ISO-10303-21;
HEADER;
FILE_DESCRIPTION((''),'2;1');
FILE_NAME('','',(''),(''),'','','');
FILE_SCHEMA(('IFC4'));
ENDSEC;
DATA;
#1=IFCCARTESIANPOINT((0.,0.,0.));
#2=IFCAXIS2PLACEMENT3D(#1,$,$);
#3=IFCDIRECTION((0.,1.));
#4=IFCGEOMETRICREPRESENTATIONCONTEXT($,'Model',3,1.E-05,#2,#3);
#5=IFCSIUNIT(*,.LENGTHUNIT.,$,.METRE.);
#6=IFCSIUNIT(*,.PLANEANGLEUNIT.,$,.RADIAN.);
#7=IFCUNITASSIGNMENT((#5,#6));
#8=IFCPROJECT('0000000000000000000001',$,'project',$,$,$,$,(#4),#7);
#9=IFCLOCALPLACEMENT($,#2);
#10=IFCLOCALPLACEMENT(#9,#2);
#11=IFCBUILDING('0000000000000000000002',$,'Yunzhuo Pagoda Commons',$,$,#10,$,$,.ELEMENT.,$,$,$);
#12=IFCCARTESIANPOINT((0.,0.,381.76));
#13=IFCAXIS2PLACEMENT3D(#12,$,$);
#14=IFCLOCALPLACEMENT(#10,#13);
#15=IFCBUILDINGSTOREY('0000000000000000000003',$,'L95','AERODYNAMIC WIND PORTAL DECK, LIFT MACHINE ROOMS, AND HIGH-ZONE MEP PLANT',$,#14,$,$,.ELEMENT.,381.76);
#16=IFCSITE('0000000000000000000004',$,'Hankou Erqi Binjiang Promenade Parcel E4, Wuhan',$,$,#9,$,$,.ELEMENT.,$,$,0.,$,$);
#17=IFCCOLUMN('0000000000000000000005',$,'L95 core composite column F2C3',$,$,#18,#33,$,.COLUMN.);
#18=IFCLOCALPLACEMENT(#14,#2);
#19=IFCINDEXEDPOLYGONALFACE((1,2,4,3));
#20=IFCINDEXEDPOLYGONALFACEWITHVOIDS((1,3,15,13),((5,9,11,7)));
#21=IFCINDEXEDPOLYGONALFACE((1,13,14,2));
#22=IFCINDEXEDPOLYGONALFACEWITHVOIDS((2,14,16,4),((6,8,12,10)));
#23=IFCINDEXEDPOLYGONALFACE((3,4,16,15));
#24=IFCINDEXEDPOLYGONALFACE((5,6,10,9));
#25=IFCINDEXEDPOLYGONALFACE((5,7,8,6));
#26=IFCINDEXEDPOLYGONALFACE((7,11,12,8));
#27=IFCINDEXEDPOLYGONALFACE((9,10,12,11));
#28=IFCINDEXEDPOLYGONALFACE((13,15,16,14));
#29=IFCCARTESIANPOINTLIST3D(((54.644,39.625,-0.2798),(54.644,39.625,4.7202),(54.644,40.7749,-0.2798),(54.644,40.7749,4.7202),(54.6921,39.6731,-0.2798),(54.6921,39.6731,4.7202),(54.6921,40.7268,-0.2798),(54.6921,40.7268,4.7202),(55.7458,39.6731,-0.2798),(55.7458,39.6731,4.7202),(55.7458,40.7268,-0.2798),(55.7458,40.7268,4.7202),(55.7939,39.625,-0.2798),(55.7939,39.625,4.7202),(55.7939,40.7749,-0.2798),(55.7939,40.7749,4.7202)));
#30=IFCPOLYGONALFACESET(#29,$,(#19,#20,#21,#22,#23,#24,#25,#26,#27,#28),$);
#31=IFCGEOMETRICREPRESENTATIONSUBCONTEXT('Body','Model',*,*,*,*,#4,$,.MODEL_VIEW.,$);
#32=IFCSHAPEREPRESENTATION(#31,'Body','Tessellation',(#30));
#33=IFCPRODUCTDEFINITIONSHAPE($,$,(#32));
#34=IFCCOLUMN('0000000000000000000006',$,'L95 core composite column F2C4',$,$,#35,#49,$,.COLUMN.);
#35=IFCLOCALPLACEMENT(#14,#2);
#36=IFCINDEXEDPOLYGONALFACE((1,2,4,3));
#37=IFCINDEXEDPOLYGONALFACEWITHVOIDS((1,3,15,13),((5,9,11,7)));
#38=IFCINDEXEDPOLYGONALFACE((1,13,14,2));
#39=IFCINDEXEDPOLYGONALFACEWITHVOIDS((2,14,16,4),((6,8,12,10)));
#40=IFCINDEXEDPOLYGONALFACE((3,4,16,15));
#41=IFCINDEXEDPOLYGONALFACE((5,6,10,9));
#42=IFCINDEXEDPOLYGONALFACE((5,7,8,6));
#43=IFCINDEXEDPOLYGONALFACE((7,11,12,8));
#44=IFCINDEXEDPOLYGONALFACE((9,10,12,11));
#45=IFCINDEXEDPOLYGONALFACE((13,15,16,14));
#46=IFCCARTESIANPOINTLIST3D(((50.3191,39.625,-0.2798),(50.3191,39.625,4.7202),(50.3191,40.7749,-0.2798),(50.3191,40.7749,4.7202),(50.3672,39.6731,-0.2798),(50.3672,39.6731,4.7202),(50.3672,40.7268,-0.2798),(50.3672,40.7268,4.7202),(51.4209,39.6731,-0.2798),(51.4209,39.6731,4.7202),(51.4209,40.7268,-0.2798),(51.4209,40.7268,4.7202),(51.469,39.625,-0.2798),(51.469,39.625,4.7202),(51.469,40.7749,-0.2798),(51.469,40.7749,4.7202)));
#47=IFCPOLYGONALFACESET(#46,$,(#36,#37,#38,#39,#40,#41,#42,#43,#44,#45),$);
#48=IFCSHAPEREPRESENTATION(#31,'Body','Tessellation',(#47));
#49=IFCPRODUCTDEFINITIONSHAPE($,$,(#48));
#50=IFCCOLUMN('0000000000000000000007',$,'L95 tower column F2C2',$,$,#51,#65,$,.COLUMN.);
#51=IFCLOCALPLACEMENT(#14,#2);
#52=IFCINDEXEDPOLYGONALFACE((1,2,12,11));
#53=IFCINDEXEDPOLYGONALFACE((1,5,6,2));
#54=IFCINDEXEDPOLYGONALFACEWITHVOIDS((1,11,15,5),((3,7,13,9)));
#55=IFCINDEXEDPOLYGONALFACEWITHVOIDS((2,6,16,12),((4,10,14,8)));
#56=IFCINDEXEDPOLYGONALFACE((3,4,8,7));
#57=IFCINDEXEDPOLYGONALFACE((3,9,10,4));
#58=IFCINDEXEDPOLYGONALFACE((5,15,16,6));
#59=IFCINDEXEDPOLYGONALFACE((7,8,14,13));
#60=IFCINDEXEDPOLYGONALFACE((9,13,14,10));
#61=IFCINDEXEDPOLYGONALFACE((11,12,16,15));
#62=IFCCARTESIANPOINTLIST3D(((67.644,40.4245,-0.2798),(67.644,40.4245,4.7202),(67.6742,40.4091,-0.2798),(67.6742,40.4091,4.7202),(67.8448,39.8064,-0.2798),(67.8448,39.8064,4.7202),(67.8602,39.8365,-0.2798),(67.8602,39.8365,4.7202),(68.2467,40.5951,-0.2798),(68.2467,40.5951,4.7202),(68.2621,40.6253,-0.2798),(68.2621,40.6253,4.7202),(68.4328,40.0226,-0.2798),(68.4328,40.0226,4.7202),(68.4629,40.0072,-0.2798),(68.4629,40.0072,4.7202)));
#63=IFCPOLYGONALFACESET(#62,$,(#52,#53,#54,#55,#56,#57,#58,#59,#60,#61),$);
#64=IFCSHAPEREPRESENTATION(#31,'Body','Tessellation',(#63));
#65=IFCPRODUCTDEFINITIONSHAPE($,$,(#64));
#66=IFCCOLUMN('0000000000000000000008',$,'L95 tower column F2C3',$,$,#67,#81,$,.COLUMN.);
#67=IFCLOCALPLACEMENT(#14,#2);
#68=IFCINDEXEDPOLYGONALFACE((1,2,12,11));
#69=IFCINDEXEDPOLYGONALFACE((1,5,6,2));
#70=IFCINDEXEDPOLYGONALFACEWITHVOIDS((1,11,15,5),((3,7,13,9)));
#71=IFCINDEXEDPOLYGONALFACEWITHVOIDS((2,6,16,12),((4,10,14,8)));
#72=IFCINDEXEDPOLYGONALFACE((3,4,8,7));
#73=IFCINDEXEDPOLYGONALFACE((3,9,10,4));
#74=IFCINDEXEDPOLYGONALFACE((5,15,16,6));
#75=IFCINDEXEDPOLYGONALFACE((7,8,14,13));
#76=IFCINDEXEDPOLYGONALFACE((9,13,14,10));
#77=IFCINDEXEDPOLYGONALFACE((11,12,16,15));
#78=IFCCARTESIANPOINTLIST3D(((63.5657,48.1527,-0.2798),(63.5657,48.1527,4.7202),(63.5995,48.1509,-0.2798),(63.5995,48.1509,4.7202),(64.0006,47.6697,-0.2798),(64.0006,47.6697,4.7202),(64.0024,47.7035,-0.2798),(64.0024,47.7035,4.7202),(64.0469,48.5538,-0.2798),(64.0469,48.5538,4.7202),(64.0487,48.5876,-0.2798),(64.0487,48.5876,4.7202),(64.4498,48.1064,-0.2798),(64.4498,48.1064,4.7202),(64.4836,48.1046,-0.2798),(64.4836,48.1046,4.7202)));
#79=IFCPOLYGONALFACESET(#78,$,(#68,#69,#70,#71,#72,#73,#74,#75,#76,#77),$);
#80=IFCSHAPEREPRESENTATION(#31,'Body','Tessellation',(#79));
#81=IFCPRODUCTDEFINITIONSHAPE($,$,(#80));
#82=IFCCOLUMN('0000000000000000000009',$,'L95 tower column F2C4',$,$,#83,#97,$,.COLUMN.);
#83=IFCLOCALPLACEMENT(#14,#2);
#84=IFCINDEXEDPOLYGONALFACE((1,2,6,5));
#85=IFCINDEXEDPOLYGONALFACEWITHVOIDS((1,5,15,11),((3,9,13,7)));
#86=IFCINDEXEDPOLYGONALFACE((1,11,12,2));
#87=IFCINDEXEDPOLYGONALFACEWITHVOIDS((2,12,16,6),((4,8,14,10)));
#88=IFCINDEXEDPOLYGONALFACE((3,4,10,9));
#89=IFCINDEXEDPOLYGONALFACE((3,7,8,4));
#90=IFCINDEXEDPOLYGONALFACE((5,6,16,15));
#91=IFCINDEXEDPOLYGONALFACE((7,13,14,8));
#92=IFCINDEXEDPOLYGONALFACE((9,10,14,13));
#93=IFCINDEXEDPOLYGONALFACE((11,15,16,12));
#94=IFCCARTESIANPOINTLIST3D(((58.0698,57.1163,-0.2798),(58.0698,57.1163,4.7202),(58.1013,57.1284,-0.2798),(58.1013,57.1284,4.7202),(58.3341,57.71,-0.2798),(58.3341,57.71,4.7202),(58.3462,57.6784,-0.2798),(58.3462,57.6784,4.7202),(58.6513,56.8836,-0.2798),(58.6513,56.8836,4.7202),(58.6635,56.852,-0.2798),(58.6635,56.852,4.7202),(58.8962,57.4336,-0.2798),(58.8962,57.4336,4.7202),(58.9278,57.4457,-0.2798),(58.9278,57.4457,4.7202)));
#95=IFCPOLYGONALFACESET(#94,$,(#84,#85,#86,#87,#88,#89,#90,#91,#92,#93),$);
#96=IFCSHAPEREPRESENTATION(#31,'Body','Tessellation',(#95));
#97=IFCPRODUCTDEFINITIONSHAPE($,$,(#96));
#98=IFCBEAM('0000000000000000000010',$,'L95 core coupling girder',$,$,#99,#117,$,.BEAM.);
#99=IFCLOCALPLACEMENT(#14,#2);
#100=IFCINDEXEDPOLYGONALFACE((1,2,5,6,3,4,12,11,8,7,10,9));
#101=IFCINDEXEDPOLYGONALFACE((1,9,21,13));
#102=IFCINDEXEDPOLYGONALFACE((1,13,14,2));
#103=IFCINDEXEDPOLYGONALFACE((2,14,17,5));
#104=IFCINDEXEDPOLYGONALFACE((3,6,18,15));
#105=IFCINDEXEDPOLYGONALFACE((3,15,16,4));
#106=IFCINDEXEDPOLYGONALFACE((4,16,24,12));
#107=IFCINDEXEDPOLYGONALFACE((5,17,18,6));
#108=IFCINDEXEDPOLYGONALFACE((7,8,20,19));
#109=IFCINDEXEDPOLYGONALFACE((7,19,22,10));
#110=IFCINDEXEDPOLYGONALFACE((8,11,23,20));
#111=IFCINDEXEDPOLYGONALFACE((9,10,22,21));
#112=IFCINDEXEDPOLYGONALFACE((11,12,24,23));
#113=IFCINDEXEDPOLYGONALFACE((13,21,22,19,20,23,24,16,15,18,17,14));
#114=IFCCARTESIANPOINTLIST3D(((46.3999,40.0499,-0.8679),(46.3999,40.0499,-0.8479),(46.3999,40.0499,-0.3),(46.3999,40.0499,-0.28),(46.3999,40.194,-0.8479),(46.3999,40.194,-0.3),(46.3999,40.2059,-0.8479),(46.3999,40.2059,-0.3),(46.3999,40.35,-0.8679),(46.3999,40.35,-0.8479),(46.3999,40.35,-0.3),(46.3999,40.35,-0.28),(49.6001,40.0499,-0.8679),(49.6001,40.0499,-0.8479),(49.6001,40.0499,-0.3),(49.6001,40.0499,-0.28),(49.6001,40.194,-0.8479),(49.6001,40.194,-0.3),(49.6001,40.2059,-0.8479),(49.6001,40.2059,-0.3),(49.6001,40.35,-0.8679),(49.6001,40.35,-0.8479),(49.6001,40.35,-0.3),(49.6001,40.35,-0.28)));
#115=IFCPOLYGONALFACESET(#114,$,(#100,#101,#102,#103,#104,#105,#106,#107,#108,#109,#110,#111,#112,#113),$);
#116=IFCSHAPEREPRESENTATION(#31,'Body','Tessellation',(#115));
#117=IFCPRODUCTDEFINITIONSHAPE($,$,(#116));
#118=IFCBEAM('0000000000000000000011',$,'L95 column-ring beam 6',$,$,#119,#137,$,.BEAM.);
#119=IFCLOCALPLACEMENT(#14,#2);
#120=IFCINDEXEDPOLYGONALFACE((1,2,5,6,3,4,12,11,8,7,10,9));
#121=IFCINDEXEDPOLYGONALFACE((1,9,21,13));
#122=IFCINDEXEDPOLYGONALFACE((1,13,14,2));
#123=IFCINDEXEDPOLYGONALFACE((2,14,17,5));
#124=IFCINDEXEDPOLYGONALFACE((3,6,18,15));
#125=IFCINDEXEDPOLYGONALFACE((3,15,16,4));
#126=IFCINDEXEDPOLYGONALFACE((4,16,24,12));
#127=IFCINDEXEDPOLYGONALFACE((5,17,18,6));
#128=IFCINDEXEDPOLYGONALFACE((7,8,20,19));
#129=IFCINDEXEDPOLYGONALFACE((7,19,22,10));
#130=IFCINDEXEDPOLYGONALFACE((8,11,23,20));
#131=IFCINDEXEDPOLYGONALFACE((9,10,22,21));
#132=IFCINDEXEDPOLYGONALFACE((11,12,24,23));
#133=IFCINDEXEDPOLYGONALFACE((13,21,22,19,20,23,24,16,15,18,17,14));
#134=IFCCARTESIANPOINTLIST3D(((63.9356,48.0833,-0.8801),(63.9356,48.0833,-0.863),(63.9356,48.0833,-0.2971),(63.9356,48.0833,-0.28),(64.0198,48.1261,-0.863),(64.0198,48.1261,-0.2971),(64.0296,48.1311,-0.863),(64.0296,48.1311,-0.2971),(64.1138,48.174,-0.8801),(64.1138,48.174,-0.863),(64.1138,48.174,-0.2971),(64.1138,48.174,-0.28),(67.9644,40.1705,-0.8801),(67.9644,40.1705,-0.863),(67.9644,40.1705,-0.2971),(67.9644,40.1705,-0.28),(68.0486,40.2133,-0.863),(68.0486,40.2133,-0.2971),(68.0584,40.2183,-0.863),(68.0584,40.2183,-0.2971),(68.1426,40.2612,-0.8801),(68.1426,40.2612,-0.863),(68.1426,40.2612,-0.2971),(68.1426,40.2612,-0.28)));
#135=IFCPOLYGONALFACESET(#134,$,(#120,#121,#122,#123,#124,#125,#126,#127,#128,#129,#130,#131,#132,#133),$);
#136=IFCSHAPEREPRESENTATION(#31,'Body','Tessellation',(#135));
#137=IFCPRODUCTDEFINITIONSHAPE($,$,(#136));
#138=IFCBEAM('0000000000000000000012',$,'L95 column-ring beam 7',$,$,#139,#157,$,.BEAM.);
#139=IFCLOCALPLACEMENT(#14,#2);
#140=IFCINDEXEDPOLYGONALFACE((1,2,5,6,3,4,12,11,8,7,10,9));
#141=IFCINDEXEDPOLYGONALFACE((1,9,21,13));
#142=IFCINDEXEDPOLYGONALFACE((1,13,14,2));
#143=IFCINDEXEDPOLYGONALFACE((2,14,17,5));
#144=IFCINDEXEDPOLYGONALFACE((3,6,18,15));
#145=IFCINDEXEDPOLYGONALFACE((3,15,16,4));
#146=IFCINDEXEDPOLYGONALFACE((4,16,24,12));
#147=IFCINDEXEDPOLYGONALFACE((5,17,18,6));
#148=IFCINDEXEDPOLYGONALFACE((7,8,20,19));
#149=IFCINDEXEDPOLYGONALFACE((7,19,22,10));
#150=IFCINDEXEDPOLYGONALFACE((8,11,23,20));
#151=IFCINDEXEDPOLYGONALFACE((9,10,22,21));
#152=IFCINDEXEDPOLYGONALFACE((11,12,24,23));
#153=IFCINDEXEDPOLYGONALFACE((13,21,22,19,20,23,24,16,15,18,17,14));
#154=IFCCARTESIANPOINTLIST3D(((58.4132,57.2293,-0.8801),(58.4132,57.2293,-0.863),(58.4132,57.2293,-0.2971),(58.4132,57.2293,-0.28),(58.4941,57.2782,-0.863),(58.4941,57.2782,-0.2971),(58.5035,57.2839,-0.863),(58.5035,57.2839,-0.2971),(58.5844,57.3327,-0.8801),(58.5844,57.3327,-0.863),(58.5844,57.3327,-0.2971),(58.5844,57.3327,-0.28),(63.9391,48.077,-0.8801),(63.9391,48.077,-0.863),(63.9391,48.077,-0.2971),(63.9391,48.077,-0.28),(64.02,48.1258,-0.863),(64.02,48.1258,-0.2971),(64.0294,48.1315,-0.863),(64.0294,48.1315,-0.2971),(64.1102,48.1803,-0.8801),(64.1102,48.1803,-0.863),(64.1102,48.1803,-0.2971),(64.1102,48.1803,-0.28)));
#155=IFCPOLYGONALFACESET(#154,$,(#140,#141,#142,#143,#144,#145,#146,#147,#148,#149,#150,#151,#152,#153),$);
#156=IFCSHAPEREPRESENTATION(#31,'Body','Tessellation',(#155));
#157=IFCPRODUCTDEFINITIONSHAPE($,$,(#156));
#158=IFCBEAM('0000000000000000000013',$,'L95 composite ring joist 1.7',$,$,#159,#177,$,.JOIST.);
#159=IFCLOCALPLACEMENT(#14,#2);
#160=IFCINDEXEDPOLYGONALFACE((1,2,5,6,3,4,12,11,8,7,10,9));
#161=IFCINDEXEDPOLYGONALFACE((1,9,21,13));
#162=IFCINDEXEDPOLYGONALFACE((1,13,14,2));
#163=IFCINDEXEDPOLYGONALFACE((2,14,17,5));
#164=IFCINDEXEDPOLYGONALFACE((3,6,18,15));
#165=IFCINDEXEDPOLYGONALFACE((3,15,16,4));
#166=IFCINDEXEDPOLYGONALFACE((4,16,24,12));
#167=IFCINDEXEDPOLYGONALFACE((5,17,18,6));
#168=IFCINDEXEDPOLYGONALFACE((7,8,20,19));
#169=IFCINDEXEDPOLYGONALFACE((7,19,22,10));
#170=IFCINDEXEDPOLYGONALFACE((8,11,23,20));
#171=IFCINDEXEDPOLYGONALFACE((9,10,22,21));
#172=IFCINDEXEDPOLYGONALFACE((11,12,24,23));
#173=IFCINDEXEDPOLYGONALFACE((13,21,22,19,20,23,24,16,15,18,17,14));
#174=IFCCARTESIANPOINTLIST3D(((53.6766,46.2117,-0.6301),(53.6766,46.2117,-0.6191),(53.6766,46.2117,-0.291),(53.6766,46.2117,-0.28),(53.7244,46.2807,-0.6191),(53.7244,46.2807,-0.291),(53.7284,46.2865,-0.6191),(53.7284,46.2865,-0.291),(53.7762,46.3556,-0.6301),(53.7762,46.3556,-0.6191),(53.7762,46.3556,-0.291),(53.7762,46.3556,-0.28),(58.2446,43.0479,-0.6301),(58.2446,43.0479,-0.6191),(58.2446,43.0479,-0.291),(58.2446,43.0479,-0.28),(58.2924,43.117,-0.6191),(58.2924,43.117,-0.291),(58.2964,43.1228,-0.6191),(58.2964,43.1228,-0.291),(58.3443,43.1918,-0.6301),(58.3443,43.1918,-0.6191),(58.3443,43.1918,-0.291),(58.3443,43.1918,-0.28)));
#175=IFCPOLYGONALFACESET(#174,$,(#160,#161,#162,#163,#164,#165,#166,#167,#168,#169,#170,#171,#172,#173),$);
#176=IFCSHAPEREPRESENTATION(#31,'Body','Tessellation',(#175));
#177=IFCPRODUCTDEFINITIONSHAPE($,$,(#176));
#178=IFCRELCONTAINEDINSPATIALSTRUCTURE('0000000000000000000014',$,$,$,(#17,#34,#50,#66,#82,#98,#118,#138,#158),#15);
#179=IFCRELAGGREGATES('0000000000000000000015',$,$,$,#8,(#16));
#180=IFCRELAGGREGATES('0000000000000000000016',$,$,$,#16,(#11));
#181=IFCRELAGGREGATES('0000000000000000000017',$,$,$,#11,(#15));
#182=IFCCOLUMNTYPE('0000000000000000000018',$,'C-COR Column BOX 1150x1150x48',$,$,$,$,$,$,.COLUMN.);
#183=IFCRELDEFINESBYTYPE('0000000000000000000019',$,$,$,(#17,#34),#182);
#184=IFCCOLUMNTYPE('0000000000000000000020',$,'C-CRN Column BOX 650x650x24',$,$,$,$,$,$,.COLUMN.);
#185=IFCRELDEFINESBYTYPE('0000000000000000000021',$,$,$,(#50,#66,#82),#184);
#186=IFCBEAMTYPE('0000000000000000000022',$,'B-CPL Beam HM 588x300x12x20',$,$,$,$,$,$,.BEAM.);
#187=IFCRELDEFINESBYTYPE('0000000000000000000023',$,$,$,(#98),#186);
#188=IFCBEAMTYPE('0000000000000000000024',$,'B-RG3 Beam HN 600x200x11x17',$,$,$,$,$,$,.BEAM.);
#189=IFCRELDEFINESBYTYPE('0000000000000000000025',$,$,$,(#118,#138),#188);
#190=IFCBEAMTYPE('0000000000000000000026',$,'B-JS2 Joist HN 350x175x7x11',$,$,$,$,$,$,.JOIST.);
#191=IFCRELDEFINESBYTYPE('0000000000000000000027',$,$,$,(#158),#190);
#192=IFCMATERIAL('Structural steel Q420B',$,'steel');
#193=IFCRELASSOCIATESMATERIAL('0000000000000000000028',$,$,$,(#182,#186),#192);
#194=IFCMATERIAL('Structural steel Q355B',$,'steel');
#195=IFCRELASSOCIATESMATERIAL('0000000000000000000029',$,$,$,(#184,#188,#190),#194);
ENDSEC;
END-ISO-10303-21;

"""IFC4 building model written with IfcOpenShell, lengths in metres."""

from ifc_helpers import new_model, si_unit, direction, frame, origin, origin_2d, place, context, subcontext, project, spatial, hollow_rectangle, i_section, extrude, source, transform, mapped, material, material_profile, profile_set, type_object, element, save


model = new_model("IFC4")

# Units and contexts
model_context = context("Model", 3, precision=1e-05, world=origin(), true_north=direction((0.0, 1.0)))
body_context = subcontext(model_context, "Body", "Model", "MODEL_VIEW")
ifc_project = project(units=[si_unit("LENGTHUNIT", "METRE"), si_unit("PLANEANGLEUNIT", "RADIAN")], contexts=[model_context])

# Site, building, storey
site_placement = place(None, origin())
site = spatial("IfcSite", under=ifc_project, at=site_placement, Name="Hankou Erqi Binjiang Promenade Parcel E4, Wuhan", CompositionType="ELEMENT", RefElevation=0.0)
building_placement = place(site_placement, origin())
building = spatial("IfcBuilding", under=site, at=building_placement, Name="Yunzhuo Pagoda Commons", CompositionType="ELEMENT")
storey_placement = place(building_placement, frame((0.0, 0.0, 381.76)))
storey = spatial("IfcBuildingStorey", under=building, at=storey_placement, Name="L95", Description="AERODYNAMIC WIND PORTAL DECK, LIFT MACHINE ROOMS, AND HIGH-ZONE MEP PLANT", CompositionType="ELEMENT", Elevation=381.76)

# Columns
ifc_material_1 = material(Name="Structural steel Q420B", Category="steel")
ifc_material_profile_1 = material_profile(ifc_material_1, hollow_rectangle(XDim=1.1499, YDim=1.1499, WallThickness=0.0481, at=origin_2d()), Name="Structural steel Q420B")
ifc_profile_set_1 = profile_set([ifc_material_profile_1], Name="Structural steel Q420B")
column_type_1 = type_object("IfcColumnType", Name="C-COR Column BOX 1150x1150x48", PredefinedType="COLUMN", material=ifc_profile_set_1)
shared_shape_1 = source(origin(), body_context, "Body", "SweptSolid", [
    extrude(hollow_rectangle(XDim=1.1499, YDim=1.1499, WallThickness=0.0481, at=origin_2d()), origin(), (0.0, 0.0, 1.0), 5.0),
])
for number, where, z_axis, x_axis, name in (
    (1, (55.219, 40.2, -0.2798), (0.0, 0.0, 1.0), (1.0, 0.0, 0.0), "L95 core composite column F2C3"),
    (2, (50.894, 40.2, -0.2798), (0.0, 0.0, 1.0), (1.0, 0.0, 0.0), "L95 core composite column F2C4"),
):
    element("IfcColumn", number, at=place(storey_placement, frame(where, z_axis=z_axis, x_axis=x_axis)), inside=storey, type_object=column_type_1, Name=name, PredefinedType="COLUMN", context=body_context, shape_type="MappedRepresentation", body=[
        mapped(shared_shape_1, transform((0.0, 0.0, 0.0), scale=1.0)),
    ])
ifc_material_2 = material(Name="Structural steel Q355B", Category="steel")
ifc_material_profile_2 = material_profile(ifc_material_2, hollow_rectangle(XDim=0.6499, YDim=0.6499, WallThickness=0.0239, at=origin_2d()), Name="Structural steel Q355B")
ifc_profile_set_2 = profile_set([ifc_material_profile_2], Name="Structural steel Q355B")
column_type_2 = type_object("IfcColumnType", Name="C-CRN Column BOX 650x650x24", PredefinedType="COLUMN", material=ifc_profile_set_2)
shared_shape_2 = source(origin(), body_context, "Body", "SweptSolid", [
    extrude(hollow_rectangle(XDim=0.6499, YDim=0.6499, WallThickness=0.0239, at=origin_2d()), origin(), (0.0, 0.0, 1.0), 5.0),
])
for number, where, z_axis, x_axis, name in (
    (3, (68.0535, 40.2158, -0.2798), (0.0, 0.0, 1.0), (-0.309017, 0.951057, 0.0), "L95 tower column F2C2"),
    (4, (64.0247, 48.1287, -0.2798), (0.0, 0.0, 1.0), (-0.669131, 0.743145, 0.0), "L95 tower column F2C3"),
    (5, (58.4988, 57.281, -0.2798), (0.0, 0.0, 1.0), (-0.913545, 0.406737, 0.0), "L95 tower column F2C4"),
):
    element("IfcColumn", number, at=place(storey_placement, frame(where, z_axis=z_axis, x_axis=x_axis)), inside=storey, type_object=column_type_2, Name=name, PredefinedType="COLUMN", context=body_context, shape_type="MappedRepresentation", body=[
        mapped(shared_shape_2, transform((0.0, 0.0, 0.0), scale=1.0)),
    ])

# Beams
ifc_material_profile_3 = material_profile(ifc_material_1, i_section(OverallWidth=0.3, OverallDepth=0.5879, WebThickness=0.012, FlangeThickness=0.02, at=origin_2d()), Name="Structural steel Q420B")
ifc_profile_set_3 = profile_set([ifc_material_profile_3], Name="Structural steel Q420B")
beam_type_1 = type_object("IfcBeamType", Name="B-CPL Beam HM 588x300x12x20", PredefinedType="BEAM", material=ifc_profile_set_3)
shared_shape_3 = source(origin(), body_context, "Body", "SweptSolid", [
    extrude(i_section(OverallWidth=0.3, OverallDepth=0.5879, WebThickness=0.012, FlangeThickness=0.02, at=origin_2d()), origin(), (0.0, 0.0, 1.0), 3.2002),
])
beam_1_placement = place(storey_placement, frame((46.3999, 40.2, -0.574), z_axis=(1.0, 0.0, 0.0), x_axis=(0.0, 1.0, 0.0)))
element("IfcBeam", 6, at=beam_1_placement, inside=storey, type_object=beam_type_1, Name="L95 core coupling girder", PredefinedType="BEAM", context=body_context, shape_type="MappedRepresentation", body=[
    mapped(shared_shape_3, transform((0.0, 0.0, 0.0), scale=1.0)),
])
ifc_material_profile_4 = material_profile(ifc_material_2, i_section(OverallWidth=0.2, OverallDepth=0.6001, WebThickness=0.011, FlangeThickness=0.0171, at=origin_2d()), Name="Structural steel Q355B")
ifc_profile_set_4 = profile_set([ifc_material_profile_4], Name="Structural steel Q355B")
beam_type_2 = type_object("IfcBeamType", Name="B-RG3 Beam HN 600x200x11x17", PredefinedType="BEAM", material=ifc_profile_set_4)
shared_shape_4 = source(origin(), body_context, "Body", "SweptSolid", [
    extrude(i_section(OverallWidth=0.2, OverallDepth=0.6001, WebThickness=0.011, FlangeThickness=0.0171, at=origin_2d()), origin(), (0.0, 0.0, 1.0), 8.8794),
])
beam_2_placement = place(storey_placement, frame((68.0535, 40.2158, -0.5801), z_axis=(-0.453724, 0.891142, 0.0), x_axis=(-0.891142, -0.453724, 0.0)))
element("IfcBeam", 7, at=beam_2_placement, inside=storey, type_object=beam_type_2, Name="L95 column-ring beam 6", PredefinedType="BEAM", context=body_context, shape_type="MappedRepresentation", body=[
    mapped(shared_shape_4, transform((0.0, 0.0, 0.0), scale=1.0)),
])
shared_shape_5 = source(origin(), body_context, "Body", "SweptSolid", [
    extrude(i_section(OverallWidth=0.2, OverallDepth=0.6001, WebThickness=0.011, FlangeThickness=0.0171, at=origin_2d()), origin(), (0.0, 0.0, 1.0), 10.6912),
])
beam_3_placement = place(storey_placement, frame((64.0247, 48.1287, -0.5801), z_axis=(-0.516865, 0.856067, 0.0), x_axis=(-0.856067, -0.516865, 0.0)))
element("IfcBeam", 8, at=beam_3_placement, inside=storey, type_object=beam_type_2, Name="L95 column-ring beam 7", PredefinedType="BEAM", context=body_context, shape_type="MappedRepresentation", body=[
    mapped(shared_shape_5, transform((0.0, 0.0, 0.0), scale=1.0)),
])
ifc_material_profile_5 = material_profile(ifc_material_2, i_section(OverallWidth=0.175, OverallDepth=0.3501, WebThickness=0.0071, FlangeThickness=0.011, at=origin_2d()), Name="Structural steel Q355B")
ifc_profile_set_5 = profile_set([ifc_material_profile_5], Name="Structural steel Q355B")
beam_type_3 = type_object("IfcBeamType", Name="B-JS2 Joist HN 350x175x7x11", PredefinedType="JOIST", material=ifc_profile_set_5)
shared_shape_6 = source(origin(), body_context, "Body", "SweptSolid", [
    extrude(i_section(OverallWidth=0.175, OverallDepth=0.3501, WebThickness=0.0071, FlangeThickness=0.011, at=origin_2d()), origin(), (0.0, 0.0, 1.0), 5.5566),
])
beam_4_placement = place(storey_placement, frame((58.2944, 43.1199, -0.4551), z_axis=(-0.822085, 0.569365, 0.0), x_axis=(-0.569365, -0.822085, 0.0)))
element("IfcBeam", 9, at=beam_4_placement, inside=storey, type_object=beam_type_3, Name="L95 composite ring joist 1.7", PredefinedType="JOIST", context=body_context, shape_type="MappedRepresentation", body=[
    mapped(shared_shape_6, transform((0.0, 0.0, 0.0), scale=1.0)),
])

save(model, "model.ifc")
